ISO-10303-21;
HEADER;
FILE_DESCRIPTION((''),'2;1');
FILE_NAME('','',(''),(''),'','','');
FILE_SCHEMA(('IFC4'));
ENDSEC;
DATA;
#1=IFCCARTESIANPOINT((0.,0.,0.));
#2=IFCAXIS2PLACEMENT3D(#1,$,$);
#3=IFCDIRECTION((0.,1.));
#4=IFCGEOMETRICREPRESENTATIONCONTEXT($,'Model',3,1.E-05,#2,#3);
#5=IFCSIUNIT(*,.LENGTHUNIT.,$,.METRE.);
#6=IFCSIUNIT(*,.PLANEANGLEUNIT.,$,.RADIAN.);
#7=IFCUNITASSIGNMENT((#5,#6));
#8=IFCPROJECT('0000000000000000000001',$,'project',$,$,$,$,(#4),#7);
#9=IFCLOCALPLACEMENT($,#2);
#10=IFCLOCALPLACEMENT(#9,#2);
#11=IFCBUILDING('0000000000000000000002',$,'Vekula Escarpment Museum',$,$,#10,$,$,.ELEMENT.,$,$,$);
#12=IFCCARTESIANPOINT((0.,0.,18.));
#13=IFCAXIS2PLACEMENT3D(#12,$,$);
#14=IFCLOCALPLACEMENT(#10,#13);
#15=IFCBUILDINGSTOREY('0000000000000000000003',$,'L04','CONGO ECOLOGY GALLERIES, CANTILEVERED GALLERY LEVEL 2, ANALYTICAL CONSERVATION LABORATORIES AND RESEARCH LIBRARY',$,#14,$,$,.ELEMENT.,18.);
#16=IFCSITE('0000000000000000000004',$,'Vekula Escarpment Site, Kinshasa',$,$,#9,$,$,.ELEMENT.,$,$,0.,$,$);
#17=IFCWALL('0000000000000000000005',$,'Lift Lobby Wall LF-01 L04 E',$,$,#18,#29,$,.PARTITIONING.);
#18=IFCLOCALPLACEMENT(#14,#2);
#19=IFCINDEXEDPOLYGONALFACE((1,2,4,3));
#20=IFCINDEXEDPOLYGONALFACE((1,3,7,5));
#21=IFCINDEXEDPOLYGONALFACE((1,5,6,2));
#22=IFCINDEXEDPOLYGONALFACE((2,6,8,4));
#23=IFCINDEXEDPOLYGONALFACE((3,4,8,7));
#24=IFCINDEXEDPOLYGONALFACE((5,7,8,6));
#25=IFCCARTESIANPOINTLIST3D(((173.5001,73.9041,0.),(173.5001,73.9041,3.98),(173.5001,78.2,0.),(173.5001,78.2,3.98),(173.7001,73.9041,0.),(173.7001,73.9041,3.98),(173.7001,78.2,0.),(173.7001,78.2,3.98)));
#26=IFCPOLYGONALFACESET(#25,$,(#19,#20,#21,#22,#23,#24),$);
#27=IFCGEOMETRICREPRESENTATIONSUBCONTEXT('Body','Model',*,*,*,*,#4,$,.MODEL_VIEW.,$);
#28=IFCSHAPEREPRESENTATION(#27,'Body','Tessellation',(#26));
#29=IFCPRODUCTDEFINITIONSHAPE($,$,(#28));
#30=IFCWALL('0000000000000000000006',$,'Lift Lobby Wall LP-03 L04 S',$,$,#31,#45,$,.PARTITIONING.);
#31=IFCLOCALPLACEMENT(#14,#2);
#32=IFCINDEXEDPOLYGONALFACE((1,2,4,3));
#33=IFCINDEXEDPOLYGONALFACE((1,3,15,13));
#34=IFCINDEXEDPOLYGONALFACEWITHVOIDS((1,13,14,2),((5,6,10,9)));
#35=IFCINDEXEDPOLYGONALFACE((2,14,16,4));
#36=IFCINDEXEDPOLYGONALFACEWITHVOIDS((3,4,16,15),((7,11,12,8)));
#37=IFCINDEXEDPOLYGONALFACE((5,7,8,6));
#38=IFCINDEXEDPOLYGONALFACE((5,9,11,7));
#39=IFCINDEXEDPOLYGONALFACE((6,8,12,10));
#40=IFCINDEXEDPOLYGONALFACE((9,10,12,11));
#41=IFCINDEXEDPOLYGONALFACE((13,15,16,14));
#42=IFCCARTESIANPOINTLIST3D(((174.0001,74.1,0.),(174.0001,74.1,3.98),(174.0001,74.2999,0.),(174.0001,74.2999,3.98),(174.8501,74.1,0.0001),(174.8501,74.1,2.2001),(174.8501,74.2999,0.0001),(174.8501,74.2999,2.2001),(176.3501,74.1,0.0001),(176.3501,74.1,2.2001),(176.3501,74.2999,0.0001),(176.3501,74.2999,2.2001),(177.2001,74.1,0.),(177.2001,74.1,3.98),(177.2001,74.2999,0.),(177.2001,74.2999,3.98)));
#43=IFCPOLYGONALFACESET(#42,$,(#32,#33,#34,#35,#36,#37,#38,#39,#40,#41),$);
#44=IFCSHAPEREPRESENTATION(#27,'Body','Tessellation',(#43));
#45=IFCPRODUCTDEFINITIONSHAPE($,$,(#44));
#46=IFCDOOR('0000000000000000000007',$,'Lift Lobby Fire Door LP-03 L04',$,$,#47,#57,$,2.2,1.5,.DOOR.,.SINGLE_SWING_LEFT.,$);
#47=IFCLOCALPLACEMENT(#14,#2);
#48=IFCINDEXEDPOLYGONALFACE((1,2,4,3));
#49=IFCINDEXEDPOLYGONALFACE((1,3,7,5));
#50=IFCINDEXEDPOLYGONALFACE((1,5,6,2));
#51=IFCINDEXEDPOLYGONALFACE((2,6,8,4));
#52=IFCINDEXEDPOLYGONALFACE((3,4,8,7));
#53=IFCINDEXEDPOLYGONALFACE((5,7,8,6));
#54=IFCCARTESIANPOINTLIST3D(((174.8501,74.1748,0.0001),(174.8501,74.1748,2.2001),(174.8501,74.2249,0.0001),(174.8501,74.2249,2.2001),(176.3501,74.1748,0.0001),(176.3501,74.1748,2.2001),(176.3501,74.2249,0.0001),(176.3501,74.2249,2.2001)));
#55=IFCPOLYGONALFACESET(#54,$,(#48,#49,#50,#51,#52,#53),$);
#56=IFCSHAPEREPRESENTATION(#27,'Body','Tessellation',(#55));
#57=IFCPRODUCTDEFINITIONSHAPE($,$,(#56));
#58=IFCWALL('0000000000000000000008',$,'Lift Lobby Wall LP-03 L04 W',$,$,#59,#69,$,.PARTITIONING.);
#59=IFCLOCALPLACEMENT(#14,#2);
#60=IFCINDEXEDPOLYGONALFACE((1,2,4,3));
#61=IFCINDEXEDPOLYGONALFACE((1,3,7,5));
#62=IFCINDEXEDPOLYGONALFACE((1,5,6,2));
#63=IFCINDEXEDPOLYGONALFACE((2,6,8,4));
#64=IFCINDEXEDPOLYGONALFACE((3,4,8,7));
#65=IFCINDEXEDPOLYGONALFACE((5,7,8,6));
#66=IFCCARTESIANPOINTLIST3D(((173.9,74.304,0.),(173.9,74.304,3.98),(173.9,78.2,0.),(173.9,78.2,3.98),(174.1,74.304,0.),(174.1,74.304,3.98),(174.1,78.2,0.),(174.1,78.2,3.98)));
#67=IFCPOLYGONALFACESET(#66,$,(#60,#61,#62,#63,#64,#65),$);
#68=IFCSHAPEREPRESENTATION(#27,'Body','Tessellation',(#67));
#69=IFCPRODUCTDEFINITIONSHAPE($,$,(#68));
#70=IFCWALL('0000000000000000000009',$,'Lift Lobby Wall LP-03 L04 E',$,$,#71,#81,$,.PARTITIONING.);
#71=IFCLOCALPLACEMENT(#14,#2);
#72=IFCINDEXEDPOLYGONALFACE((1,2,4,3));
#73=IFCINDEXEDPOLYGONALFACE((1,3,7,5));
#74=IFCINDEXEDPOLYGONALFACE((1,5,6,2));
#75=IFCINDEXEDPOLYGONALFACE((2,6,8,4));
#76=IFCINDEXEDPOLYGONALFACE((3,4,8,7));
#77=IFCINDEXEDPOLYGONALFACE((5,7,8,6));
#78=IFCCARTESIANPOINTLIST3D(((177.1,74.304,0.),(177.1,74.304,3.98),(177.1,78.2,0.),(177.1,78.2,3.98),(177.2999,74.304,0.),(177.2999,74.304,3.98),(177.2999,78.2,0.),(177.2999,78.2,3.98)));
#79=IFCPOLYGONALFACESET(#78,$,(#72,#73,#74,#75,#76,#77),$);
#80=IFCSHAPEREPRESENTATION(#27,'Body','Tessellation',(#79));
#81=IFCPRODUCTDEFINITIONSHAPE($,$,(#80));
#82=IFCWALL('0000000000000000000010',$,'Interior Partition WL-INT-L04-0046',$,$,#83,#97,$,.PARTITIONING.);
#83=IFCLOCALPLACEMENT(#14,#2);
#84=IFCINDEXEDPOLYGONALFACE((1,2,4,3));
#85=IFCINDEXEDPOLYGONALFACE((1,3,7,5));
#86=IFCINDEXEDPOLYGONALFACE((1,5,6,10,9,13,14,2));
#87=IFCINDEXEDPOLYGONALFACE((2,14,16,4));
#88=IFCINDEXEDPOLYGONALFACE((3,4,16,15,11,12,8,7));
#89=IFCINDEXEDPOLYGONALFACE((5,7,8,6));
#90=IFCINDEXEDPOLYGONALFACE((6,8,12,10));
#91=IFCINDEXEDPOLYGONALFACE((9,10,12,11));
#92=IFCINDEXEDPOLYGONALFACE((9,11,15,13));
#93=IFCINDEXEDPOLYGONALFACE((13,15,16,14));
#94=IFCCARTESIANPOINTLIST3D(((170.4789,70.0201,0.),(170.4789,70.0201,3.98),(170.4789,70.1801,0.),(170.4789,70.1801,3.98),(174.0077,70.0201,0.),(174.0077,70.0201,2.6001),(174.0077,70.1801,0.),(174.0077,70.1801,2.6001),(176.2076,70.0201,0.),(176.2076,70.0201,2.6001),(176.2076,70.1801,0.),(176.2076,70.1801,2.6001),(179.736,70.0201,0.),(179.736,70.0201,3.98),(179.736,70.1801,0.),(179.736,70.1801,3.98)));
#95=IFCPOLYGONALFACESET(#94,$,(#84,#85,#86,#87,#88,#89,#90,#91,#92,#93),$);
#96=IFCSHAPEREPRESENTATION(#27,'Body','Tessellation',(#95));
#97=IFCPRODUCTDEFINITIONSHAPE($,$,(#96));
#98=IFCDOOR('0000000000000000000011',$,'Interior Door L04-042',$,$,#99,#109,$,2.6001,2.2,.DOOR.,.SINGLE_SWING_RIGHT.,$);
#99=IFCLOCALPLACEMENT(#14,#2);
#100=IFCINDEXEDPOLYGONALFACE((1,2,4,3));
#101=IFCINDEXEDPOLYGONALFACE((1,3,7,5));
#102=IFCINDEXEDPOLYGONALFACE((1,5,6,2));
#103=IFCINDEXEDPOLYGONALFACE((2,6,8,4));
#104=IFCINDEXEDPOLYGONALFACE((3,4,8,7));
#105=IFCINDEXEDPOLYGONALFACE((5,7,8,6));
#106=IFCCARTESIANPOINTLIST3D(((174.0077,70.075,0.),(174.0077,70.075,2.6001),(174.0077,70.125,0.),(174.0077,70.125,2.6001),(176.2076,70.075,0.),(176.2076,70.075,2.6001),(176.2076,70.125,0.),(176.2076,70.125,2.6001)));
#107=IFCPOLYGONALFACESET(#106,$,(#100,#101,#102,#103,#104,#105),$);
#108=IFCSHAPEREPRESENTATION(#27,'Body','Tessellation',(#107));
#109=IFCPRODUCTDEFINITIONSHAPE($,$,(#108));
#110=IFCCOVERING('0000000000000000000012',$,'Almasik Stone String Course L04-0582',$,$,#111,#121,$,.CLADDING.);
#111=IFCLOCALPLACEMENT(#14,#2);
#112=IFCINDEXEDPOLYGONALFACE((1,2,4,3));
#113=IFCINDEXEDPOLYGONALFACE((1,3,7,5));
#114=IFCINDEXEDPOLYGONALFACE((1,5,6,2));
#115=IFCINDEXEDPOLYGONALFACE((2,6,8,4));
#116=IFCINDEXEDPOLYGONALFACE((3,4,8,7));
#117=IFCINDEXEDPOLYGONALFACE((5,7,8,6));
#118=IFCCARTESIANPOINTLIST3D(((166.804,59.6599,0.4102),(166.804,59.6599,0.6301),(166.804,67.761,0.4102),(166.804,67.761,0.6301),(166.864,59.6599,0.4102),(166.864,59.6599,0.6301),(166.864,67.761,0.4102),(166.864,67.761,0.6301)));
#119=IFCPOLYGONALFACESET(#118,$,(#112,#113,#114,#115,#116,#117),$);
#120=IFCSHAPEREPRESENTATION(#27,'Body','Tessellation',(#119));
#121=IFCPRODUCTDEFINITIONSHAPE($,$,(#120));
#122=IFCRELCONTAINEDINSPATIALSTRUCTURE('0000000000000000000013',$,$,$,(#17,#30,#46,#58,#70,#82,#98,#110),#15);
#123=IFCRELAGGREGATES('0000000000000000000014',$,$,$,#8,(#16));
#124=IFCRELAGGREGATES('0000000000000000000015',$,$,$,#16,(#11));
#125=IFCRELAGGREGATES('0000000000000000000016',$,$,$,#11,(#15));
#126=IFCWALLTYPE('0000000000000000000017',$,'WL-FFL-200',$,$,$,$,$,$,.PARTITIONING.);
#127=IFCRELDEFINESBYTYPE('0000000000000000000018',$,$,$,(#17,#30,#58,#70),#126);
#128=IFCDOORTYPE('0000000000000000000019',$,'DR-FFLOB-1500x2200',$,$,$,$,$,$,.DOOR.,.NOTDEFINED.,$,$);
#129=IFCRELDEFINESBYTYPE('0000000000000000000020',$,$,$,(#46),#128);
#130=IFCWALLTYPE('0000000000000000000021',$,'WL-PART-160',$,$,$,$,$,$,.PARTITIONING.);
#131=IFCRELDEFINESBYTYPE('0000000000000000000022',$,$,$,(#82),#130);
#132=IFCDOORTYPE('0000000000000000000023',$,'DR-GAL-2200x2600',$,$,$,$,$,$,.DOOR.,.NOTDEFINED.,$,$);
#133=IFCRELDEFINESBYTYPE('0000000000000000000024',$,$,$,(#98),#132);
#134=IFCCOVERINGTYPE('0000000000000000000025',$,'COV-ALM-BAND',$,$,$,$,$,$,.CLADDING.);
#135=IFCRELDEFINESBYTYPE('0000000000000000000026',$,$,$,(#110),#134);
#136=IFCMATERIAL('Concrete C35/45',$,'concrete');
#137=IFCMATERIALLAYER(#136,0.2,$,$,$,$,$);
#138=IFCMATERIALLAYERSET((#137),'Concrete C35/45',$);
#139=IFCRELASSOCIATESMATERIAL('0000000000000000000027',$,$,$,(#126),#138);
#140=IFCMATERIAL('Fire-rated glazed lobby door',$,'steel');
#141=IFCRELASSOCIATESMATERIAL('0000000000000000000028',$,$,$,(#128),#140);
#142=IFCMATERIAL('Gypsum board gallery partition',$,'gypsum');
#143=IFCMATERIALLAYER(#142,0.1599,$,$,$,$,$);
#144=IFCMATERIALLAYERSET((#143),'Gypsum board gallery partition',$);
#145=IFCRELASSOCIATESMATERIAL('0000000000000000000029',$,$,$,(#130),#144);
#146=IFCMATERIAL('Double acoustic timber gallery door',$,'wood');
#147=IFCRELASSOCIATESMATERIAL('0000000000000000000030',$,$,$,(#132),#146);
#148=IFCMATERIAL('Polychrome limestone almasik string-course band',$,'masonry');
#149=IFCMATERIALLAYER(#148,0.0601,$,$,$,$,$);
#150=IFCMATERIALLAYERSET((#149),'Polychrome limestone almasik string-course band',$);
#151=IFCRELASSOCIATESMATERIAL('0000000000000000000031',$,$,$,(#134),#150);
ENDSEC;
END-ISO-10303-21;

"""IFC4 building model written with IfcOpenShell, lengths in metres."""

from ifc_helpers import new_model, si_unit, direction, frame, frame_2d, origin, origin_2d, place, context, subcontext, project, spatial, rectangle, extrude, material, layer, layer_set, type_object, element, fill, save


model = new_model("IFC4")

# Units and contexts
model_context = context("Model", 3, precision=1e-05, world=origin(), true_north=direction((0.0, 1.0)))
body_context = subcontext(model_context, "Body", "Model", "MODEL_VIEW")
ifc_project = project(units=[si_unit("LENGTHUNIT", "METRE"), si_unit("PLANEANGLEUNIT", "RADIAN")], contexts=[model_context])

# Site, building, storey
site_placement = place(None, origin())
site = spatial("IfcSite", under=ifc_project, at=site_placement, Name="Vekula Escarpment Site, Kinshasa", CompositionType="ELEMENT", RefElevation=0.0)
building_placement = place(site_placement, origin())
building = spatial("IfcBuilding", under=site, at=building_placement, Name="Vekula Escarpment Museum", CompositionType="ELEMENT")
storey_placement = place(building_placement, frame((0.0, 0.0, 18.0)))
storey = spatial("IfcBuildingStorey", under=building, at=storey_placement, Name="L04", Description="CONGO ECOLOGY GALLERIES, CANTILEVERED GALLERY LEVEL 2, ANALYTICAL CONSERVATION LABORATORIES AND RESEARCH LIBRARY", CompositionType="ELEMENT", Elevation=18.0)

# Shared definitions
ifc_material_1 = material(Name="Concrete C35/45", Category="concrete")
ifc_layer_1 = layer(ifc_material_1, 0.2)
ifc_layer_set_1 = layer_set([ifc_layer_1], Name="Concrete C35/45")
wall_type_1 = type_object("IfcWallType", Name="WL-FFL-200", PredefinedType="PARTITIONING", material=ifc_layer_set_1)
ifc_material_2 = material(Name="Fire-rated glazed lobby door", Category="steel")
door_type_1 = type_object("IfcDoorType", Name="DR-FFLOB-1500x2200", OperationType="NOTDEFINED", PredefinedType="DOOR", material=ifc_material_2)

# Wall
for number, where, z_axis, x_axis, name in (
    (1, (173.6001, 73.9041, 0.0), (0.0, 0.0, 1.0), (0.0, 1.0, 0.0), "Lift Lobby Wall LF-01 L04 E"),
):
    element("IfcWall", number, at=place(storey_placement, frame(where, z_axis=z_axis, x_axis=x_axis)), inside=storey, type_object=wall_type_1, Name=name, PredefinedType="PARTITIONING", context=body_context, shape_type="SweptSolid", body=[
        extrude(rectangle(XDim=4.2959, YDim=0.2, at=frame_2d((2.1479, 0.0))), origin(), (0.0, 0.0, 1.0), 3.98),
    ])

# Wall, opening, door
wall_1_placement = place(storey_placement, frame((174.0, 74.2, 0.0), z_axis=(0.0, 0.0, 1.0), x_axis=(1.0, 0.0, 0.0)))
wall_1 = element("IfcWall", 2, at=wall_1_placement, inside=storey, type_object=wall_type_1, Name="Lift Lobby Wall LP-03 L04 S", PredefinedType="PARTITIONING", context=body_context, shape_type="SweptSolid", body=[
    extrude(rectangle(XDim=3.2, YDim=0.2, at=frame_2d((1.6001, 0.0))), origin(), (0.0, 0.0, 1.0), 3.98),
])
opening_1_placement = place(wall_1_placement, frame((0.8501, 0.0, 0.0)))
opening_1 = element("IfcOpeningElement", 3, at=opening_1_placement, cuts=wall_1, PredefinedType="OPENING", context=body_context, shape_type="SweptSolid", body=[
    extrude(rectangle(XDim=1.5, YDim=2.2, at=frame_2d((0.75, 1.1001))), frame((0.0, 0.1099, 0.0), z_axis=(0.0, -1.0, 0.0), x_axis=(1.0, 0.0, 0.0)), (0.0, 0.0, 1.0), 0.22),
])
door_1_placement = place(opening_1_placement, origin())
door_1 = element("IfcDoor", 4, at=door_1_placement, inside=storey, type_object=door_type_1, Name="Lift Lobby Fire Door LP-03 L04", OperationType="SINGLE_SWING_LEFT", OverallHeight=2.2, OverallWidth=1.5, PredefinedType="DOOR", context=body_context, shape_type="SweptSolid", body=[
    extrude(rectangle(XDim=1.5, YDim=2.2, at=frame_2d((0.75, 1.1001))), frame((0.0, 0.0249, 0.0), z_axis=(0.0, -1.0, 0.0), x_axis=(1.0, 0.0, 0.0)), (0.0, 0.0, 1.0), 0.05),
])
fill(opening_1, door_1)

# Walls
for number, where, z_axis, x_axis, name in (
    (5, (174.0, 74.304, 0.0), (0.0, 0.0, 1.0), (0.0, 1.0, 0.0), "Lift Lobby Wall LP-03 L04 W"),
    (6, (177.2, 74.304, 0.0), (0.0, 0.0, 1.0), (0.0, 1.0, 0.0), "Lift Lobby Wall LP-03 L04 E"),
):
    element("IfcWall", number, at=place(storey_placement, frame(where, z_axis=z_axis, x_axis=x_axis)), inside=storey, type_object=wall_type_1, Name=name, PredefinedType="PARTITIONING", context=body_context, shape_type="SweptSolid", body=[
        extrude(rectangle(XDim=3.896, YDim=0.2, at=frame_2d((1.948, 0.0))), origin(), (0.0, 0.0, 1.0), 3.98),
    ])

# Wall, opening, door
ifc_material_3 = material(Name="Gypsum board gallery partition", Category="gypsum")
ifc_layer_2 = layer(ifc_material_3, 0.1599)
ifc_layer_set_2 = layer_set([ifc_layer_2], Name="Gypsum board gallery partition")
wall_type_2 = type_object("IfcWallType", Name="WL-PART-160", PredefinedType="PARTITIONING", material=ifc_layer_set_2)
wall_2_placement = place(storey_placement, frame((170.479, 70.1001, 0.0), z_axis=(0.0, 0.0, 1.0), x_axis=(1.0, 0.0, 0.0)))
wall_2 = element("IfcWall", 7, at=wall_2_placement, inside=storey, type_object=wall_type_2, Name="Interior Partition WL-INT-L04-0046", PredefinedType="PARTITIONING", context=body_context, shape_type="SweptSolid", body=[
    extrude(rectangle(XDim=9.2571, YDim=0.1599, at=frame_2d((4.6284, 0.0))), origin(), (0.0, 0.0, 1.0), 3.98),
])
opening_2_placement = place(wall_2_placement, frame((3.5286, 0.0, 0.0)))
opening_2 = element("IfcOpeningElement", 8, at=opening_2_placement, cuts=wall_2, PredefinedType="OPENING", context=body_context, shape_type="SweptSolid", body=[
    extrude(rectangle(XDim=2.2, YDim=2.6001, at=frame_2d((1.1001, 1.3))), frame((0.0, 0.0898, 0.0), z_axis=(0.0, -1.0, 0.0), x_axis=(1.0, 0.0, 0.0)), (0.0, 0.0, 1.0), 0.1799),
])
ifc_material_4 = material(Name="Double acoustic timber gallery door", Category="wood")
door_type_2 = type_object("IfcDoorType", Name="DR-GAL-2200x2600", OperationType="NOTDEFINED", PredefinedType="DOOR", material=ifc_material_4)
door_2_placement = place(opening_2_placement, origin())
door_2 = element("IfcDoor", 9, at=door_2_placement, inside=storey, type_object=door_type_2, Name="Interior Door L04-042", OperationType="SINGLE_SWING_RIGHT", OverallHeight=2.6001, OverallWidth=2.2, PredefinedType="DOOR", context=body_context, shape_type="SweptSolid", body=[
    extrude(rectangle(XDim=2.2, YDim=2.6001, at=frame_2d((1.1001, 1.3))), frame((0.0, 0.0249, 0.0), z_axis=(0.0, -1.0, 0.0), x_axis=(1.0, 0.0, 0.0)), (0.0, 0.0, 1.0), 0.05),
])
fill(opening_2, door_2)

# Covering
ifc_material_5 = material(Name="Polychrome limestone almasik string-course band", Category="masonry")
ifc_layer_3 = layer(ifc_material_5, 0.0601)
ifc_layer_set_3 = layer_set([ifc_layer_3], Name="Polychrome limestone almasik string-course band")
covering_type = type_object("IfcCoveringType", Name="COV-ALM-BAND", PredefinedType="CLADDING", material=ifc_layer_set_3)
covering_placement = place(storey_placement, frame((166.834, 63.7104, 0.4102), z_axis=(0.0, 0.0, 1.0), x_axis=(0.0, 1.0, 0.0)))
element("IfcCovering", 10, at=covering_placement, inside=storey, type_object=covering_type, Name="Almasik Stone String Course L04-0582", PredefinedType="CLADDING", context=body_context, shape_type="SweptSolid", body=[
    extrude(rectangle(XDim=8.1011, YDim=0.0601, at=origin_2d()), origin(), (0.0, 0.0, 1.0), 0.22),
])

save(model, "model.ifc")
